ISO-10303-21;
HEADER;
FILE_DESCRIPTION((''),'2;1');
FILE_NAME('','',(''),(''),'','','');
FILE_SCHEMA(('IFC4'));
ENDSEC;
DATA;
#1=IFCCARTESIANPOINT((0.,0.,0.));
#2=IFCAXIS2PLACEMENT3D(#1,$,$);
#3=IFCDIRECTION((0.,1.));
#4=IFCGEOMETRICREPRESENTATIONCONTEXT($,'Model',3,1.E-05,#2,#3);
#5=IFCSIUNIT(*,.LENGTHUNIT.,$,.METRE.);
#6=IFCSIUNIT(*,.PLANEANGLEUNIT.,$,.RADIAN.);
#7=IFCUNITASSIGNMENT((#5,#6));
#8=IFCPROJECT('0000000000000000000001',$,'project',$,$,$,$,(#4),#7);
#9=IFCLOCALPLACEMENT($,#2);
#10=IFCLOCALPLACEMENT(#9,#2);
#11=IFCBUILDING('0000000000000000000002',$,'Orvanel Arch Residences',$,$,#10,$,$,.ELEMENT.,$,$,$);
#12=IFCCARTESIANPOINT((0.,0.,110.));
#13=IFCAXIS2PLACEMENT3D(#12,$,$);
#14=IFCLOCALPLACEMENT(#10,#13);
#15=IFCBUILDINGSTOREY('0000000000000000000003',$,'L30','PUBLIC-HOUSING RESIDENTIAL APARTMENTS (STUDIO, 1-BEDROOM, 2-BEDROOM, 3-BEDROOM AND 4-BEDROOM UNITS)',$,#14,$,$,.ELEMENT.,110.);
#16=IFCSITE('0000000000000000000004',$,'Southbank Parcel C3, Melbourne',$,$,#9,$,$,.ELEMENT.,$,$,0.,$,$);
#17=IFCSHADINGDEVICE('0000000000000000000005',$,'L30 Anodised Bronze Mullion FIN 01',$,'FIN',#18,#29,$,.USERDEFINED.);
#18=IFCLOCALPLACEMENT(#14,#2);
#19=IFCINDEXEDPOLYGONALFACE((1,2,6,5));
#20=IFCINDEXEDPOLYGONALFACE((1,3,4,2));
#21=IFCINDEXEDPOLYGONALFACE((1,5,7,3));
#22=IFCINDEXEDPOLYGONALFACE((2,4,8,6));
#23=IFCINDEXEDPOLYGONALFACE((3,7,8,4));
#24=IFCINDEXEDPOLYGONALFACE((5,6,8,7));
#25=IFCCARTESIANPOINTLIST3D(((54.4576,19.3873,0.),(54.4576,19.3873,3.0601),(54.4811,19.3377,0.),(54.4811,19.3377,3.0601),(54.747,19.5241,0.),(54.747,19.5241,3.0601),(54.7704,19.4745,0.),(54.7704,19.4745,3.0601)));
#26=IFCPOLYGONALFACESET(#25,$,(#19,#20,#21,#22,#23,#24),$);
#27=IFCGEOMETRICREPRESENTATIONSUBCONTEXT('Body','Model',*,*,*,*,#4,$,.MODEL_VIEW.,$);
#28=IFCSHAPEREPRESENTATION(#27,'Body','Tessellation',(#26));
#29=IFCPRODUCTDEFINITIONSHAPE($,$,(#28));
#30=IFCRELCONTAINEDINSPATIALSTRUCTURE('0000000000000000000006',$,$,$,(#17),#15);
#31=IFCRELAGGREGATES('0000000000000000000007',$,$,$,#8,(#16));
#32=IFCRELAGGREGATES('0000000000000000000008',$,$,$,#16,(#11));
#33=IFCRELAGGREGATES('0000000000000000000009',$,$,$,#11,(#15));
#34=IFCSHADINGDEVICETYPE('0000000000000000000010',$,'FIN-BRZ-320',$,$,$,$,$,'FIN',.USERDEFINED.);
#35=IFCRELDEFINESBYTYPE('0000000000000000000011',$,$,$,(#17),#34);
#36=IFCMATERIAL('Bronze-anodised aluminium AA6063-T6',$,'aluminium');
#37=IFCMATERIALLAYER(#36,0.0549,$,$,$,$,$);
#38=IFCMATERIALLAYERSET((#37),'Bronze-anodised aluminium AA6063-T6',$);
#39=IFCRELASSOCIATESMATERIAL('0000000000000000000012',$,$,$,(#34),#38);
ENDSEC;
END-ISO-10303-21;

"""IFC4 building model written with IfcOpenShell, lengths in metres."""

from ifc_helpers import new_model, si_unit, direction, frame, origin, origin_2d, place, context, subcontext, project, spatial, rectangle, extrude, material, layer, layer_set, type_object, element, save


model = new_model("IFC4")

# Units and contexts
model_context = context("Model", 3, precision=1e-05, world=origin(), true_north=direction((0.0, 1.0)))
body_context = subcontext(model_context, "Body", "Model", "MODEL_VIEW")
ifc_project = project(units=[si_unit("LENGTHUNIT", "METRE"), si_unit("PLANEANGLEUNIT", "RADIAN")], contexts=[model_context])

# Site, building, storey
site_placement = place(None, origin())
site = spatial("IfcSite", under=ifc_project, at=site_placement, Name="Southbank Parcel C3, Melbourne", CompositionType="ELEMENT", RefElevation=0.0)
building_placement = place(site_placement, origin())
building = spatial("IfcBuilding", under=site, at=building_placement, Name="Orvanel Arch Residences", CompositionType="ELEMENT")
storey_placement = place(building_placement, frame((0.0, 0.0, 110.0)))
storey = spatial("IfcBuildingStorey", under=building, at=storey_placement, Name="L30", Description="PUBLIC-HOUSING RESIDENTIAL APARTMENTS (STUDIO, 1-BEDROOM, 2-BEDROOM, 3-BEDROOM AND 4-BEDROOM UNITS)", CompositionType="ELEMENT", Elevation=110.0)

# Shared definitions
ifc_material_1 = material(Name="Bronze-anodised aluminium AA6063-T6", Category="aluminium")

# Shading device
ifc_layer_1 = layer(ifc_material_1, 0.0549)
ifc_layer_set_1 = layer_set([ifc_layer_1], Name="Bronze-anodised aluminium AA6063-T6")
shading_device_type = type_object("IfcShadingDeviceType", Name="FIN-BRZ-320", ElementType="FIN", PredefinedType="USERDEFINED", material=ifc_layer_set_1)
shading_device_placement = place(storey_placement, frame((54.614, 19.4309, 0.0), z_axis=(0.0, 0.0, 1.0), x_axis=(0.904083, 0.427358, 0.0)))
element("IfcShadingDevice", 1, at=shading_device_placement, inside=storey, type_object=shading_device_type, Name="L30 Anodised Bronze Mullion FIN 01", ObjectType="FIN", PredefinedType="USERDEFINED", context=body_context, shape_type="SweptSolid", body=[
    extrude(rectangle(XDim=0.3201, YDim=0.0549, at=origin_2d()), origin(), (0.0, 0.0, 1.0), 3.0601),
])

save(model, "model.ifc")
